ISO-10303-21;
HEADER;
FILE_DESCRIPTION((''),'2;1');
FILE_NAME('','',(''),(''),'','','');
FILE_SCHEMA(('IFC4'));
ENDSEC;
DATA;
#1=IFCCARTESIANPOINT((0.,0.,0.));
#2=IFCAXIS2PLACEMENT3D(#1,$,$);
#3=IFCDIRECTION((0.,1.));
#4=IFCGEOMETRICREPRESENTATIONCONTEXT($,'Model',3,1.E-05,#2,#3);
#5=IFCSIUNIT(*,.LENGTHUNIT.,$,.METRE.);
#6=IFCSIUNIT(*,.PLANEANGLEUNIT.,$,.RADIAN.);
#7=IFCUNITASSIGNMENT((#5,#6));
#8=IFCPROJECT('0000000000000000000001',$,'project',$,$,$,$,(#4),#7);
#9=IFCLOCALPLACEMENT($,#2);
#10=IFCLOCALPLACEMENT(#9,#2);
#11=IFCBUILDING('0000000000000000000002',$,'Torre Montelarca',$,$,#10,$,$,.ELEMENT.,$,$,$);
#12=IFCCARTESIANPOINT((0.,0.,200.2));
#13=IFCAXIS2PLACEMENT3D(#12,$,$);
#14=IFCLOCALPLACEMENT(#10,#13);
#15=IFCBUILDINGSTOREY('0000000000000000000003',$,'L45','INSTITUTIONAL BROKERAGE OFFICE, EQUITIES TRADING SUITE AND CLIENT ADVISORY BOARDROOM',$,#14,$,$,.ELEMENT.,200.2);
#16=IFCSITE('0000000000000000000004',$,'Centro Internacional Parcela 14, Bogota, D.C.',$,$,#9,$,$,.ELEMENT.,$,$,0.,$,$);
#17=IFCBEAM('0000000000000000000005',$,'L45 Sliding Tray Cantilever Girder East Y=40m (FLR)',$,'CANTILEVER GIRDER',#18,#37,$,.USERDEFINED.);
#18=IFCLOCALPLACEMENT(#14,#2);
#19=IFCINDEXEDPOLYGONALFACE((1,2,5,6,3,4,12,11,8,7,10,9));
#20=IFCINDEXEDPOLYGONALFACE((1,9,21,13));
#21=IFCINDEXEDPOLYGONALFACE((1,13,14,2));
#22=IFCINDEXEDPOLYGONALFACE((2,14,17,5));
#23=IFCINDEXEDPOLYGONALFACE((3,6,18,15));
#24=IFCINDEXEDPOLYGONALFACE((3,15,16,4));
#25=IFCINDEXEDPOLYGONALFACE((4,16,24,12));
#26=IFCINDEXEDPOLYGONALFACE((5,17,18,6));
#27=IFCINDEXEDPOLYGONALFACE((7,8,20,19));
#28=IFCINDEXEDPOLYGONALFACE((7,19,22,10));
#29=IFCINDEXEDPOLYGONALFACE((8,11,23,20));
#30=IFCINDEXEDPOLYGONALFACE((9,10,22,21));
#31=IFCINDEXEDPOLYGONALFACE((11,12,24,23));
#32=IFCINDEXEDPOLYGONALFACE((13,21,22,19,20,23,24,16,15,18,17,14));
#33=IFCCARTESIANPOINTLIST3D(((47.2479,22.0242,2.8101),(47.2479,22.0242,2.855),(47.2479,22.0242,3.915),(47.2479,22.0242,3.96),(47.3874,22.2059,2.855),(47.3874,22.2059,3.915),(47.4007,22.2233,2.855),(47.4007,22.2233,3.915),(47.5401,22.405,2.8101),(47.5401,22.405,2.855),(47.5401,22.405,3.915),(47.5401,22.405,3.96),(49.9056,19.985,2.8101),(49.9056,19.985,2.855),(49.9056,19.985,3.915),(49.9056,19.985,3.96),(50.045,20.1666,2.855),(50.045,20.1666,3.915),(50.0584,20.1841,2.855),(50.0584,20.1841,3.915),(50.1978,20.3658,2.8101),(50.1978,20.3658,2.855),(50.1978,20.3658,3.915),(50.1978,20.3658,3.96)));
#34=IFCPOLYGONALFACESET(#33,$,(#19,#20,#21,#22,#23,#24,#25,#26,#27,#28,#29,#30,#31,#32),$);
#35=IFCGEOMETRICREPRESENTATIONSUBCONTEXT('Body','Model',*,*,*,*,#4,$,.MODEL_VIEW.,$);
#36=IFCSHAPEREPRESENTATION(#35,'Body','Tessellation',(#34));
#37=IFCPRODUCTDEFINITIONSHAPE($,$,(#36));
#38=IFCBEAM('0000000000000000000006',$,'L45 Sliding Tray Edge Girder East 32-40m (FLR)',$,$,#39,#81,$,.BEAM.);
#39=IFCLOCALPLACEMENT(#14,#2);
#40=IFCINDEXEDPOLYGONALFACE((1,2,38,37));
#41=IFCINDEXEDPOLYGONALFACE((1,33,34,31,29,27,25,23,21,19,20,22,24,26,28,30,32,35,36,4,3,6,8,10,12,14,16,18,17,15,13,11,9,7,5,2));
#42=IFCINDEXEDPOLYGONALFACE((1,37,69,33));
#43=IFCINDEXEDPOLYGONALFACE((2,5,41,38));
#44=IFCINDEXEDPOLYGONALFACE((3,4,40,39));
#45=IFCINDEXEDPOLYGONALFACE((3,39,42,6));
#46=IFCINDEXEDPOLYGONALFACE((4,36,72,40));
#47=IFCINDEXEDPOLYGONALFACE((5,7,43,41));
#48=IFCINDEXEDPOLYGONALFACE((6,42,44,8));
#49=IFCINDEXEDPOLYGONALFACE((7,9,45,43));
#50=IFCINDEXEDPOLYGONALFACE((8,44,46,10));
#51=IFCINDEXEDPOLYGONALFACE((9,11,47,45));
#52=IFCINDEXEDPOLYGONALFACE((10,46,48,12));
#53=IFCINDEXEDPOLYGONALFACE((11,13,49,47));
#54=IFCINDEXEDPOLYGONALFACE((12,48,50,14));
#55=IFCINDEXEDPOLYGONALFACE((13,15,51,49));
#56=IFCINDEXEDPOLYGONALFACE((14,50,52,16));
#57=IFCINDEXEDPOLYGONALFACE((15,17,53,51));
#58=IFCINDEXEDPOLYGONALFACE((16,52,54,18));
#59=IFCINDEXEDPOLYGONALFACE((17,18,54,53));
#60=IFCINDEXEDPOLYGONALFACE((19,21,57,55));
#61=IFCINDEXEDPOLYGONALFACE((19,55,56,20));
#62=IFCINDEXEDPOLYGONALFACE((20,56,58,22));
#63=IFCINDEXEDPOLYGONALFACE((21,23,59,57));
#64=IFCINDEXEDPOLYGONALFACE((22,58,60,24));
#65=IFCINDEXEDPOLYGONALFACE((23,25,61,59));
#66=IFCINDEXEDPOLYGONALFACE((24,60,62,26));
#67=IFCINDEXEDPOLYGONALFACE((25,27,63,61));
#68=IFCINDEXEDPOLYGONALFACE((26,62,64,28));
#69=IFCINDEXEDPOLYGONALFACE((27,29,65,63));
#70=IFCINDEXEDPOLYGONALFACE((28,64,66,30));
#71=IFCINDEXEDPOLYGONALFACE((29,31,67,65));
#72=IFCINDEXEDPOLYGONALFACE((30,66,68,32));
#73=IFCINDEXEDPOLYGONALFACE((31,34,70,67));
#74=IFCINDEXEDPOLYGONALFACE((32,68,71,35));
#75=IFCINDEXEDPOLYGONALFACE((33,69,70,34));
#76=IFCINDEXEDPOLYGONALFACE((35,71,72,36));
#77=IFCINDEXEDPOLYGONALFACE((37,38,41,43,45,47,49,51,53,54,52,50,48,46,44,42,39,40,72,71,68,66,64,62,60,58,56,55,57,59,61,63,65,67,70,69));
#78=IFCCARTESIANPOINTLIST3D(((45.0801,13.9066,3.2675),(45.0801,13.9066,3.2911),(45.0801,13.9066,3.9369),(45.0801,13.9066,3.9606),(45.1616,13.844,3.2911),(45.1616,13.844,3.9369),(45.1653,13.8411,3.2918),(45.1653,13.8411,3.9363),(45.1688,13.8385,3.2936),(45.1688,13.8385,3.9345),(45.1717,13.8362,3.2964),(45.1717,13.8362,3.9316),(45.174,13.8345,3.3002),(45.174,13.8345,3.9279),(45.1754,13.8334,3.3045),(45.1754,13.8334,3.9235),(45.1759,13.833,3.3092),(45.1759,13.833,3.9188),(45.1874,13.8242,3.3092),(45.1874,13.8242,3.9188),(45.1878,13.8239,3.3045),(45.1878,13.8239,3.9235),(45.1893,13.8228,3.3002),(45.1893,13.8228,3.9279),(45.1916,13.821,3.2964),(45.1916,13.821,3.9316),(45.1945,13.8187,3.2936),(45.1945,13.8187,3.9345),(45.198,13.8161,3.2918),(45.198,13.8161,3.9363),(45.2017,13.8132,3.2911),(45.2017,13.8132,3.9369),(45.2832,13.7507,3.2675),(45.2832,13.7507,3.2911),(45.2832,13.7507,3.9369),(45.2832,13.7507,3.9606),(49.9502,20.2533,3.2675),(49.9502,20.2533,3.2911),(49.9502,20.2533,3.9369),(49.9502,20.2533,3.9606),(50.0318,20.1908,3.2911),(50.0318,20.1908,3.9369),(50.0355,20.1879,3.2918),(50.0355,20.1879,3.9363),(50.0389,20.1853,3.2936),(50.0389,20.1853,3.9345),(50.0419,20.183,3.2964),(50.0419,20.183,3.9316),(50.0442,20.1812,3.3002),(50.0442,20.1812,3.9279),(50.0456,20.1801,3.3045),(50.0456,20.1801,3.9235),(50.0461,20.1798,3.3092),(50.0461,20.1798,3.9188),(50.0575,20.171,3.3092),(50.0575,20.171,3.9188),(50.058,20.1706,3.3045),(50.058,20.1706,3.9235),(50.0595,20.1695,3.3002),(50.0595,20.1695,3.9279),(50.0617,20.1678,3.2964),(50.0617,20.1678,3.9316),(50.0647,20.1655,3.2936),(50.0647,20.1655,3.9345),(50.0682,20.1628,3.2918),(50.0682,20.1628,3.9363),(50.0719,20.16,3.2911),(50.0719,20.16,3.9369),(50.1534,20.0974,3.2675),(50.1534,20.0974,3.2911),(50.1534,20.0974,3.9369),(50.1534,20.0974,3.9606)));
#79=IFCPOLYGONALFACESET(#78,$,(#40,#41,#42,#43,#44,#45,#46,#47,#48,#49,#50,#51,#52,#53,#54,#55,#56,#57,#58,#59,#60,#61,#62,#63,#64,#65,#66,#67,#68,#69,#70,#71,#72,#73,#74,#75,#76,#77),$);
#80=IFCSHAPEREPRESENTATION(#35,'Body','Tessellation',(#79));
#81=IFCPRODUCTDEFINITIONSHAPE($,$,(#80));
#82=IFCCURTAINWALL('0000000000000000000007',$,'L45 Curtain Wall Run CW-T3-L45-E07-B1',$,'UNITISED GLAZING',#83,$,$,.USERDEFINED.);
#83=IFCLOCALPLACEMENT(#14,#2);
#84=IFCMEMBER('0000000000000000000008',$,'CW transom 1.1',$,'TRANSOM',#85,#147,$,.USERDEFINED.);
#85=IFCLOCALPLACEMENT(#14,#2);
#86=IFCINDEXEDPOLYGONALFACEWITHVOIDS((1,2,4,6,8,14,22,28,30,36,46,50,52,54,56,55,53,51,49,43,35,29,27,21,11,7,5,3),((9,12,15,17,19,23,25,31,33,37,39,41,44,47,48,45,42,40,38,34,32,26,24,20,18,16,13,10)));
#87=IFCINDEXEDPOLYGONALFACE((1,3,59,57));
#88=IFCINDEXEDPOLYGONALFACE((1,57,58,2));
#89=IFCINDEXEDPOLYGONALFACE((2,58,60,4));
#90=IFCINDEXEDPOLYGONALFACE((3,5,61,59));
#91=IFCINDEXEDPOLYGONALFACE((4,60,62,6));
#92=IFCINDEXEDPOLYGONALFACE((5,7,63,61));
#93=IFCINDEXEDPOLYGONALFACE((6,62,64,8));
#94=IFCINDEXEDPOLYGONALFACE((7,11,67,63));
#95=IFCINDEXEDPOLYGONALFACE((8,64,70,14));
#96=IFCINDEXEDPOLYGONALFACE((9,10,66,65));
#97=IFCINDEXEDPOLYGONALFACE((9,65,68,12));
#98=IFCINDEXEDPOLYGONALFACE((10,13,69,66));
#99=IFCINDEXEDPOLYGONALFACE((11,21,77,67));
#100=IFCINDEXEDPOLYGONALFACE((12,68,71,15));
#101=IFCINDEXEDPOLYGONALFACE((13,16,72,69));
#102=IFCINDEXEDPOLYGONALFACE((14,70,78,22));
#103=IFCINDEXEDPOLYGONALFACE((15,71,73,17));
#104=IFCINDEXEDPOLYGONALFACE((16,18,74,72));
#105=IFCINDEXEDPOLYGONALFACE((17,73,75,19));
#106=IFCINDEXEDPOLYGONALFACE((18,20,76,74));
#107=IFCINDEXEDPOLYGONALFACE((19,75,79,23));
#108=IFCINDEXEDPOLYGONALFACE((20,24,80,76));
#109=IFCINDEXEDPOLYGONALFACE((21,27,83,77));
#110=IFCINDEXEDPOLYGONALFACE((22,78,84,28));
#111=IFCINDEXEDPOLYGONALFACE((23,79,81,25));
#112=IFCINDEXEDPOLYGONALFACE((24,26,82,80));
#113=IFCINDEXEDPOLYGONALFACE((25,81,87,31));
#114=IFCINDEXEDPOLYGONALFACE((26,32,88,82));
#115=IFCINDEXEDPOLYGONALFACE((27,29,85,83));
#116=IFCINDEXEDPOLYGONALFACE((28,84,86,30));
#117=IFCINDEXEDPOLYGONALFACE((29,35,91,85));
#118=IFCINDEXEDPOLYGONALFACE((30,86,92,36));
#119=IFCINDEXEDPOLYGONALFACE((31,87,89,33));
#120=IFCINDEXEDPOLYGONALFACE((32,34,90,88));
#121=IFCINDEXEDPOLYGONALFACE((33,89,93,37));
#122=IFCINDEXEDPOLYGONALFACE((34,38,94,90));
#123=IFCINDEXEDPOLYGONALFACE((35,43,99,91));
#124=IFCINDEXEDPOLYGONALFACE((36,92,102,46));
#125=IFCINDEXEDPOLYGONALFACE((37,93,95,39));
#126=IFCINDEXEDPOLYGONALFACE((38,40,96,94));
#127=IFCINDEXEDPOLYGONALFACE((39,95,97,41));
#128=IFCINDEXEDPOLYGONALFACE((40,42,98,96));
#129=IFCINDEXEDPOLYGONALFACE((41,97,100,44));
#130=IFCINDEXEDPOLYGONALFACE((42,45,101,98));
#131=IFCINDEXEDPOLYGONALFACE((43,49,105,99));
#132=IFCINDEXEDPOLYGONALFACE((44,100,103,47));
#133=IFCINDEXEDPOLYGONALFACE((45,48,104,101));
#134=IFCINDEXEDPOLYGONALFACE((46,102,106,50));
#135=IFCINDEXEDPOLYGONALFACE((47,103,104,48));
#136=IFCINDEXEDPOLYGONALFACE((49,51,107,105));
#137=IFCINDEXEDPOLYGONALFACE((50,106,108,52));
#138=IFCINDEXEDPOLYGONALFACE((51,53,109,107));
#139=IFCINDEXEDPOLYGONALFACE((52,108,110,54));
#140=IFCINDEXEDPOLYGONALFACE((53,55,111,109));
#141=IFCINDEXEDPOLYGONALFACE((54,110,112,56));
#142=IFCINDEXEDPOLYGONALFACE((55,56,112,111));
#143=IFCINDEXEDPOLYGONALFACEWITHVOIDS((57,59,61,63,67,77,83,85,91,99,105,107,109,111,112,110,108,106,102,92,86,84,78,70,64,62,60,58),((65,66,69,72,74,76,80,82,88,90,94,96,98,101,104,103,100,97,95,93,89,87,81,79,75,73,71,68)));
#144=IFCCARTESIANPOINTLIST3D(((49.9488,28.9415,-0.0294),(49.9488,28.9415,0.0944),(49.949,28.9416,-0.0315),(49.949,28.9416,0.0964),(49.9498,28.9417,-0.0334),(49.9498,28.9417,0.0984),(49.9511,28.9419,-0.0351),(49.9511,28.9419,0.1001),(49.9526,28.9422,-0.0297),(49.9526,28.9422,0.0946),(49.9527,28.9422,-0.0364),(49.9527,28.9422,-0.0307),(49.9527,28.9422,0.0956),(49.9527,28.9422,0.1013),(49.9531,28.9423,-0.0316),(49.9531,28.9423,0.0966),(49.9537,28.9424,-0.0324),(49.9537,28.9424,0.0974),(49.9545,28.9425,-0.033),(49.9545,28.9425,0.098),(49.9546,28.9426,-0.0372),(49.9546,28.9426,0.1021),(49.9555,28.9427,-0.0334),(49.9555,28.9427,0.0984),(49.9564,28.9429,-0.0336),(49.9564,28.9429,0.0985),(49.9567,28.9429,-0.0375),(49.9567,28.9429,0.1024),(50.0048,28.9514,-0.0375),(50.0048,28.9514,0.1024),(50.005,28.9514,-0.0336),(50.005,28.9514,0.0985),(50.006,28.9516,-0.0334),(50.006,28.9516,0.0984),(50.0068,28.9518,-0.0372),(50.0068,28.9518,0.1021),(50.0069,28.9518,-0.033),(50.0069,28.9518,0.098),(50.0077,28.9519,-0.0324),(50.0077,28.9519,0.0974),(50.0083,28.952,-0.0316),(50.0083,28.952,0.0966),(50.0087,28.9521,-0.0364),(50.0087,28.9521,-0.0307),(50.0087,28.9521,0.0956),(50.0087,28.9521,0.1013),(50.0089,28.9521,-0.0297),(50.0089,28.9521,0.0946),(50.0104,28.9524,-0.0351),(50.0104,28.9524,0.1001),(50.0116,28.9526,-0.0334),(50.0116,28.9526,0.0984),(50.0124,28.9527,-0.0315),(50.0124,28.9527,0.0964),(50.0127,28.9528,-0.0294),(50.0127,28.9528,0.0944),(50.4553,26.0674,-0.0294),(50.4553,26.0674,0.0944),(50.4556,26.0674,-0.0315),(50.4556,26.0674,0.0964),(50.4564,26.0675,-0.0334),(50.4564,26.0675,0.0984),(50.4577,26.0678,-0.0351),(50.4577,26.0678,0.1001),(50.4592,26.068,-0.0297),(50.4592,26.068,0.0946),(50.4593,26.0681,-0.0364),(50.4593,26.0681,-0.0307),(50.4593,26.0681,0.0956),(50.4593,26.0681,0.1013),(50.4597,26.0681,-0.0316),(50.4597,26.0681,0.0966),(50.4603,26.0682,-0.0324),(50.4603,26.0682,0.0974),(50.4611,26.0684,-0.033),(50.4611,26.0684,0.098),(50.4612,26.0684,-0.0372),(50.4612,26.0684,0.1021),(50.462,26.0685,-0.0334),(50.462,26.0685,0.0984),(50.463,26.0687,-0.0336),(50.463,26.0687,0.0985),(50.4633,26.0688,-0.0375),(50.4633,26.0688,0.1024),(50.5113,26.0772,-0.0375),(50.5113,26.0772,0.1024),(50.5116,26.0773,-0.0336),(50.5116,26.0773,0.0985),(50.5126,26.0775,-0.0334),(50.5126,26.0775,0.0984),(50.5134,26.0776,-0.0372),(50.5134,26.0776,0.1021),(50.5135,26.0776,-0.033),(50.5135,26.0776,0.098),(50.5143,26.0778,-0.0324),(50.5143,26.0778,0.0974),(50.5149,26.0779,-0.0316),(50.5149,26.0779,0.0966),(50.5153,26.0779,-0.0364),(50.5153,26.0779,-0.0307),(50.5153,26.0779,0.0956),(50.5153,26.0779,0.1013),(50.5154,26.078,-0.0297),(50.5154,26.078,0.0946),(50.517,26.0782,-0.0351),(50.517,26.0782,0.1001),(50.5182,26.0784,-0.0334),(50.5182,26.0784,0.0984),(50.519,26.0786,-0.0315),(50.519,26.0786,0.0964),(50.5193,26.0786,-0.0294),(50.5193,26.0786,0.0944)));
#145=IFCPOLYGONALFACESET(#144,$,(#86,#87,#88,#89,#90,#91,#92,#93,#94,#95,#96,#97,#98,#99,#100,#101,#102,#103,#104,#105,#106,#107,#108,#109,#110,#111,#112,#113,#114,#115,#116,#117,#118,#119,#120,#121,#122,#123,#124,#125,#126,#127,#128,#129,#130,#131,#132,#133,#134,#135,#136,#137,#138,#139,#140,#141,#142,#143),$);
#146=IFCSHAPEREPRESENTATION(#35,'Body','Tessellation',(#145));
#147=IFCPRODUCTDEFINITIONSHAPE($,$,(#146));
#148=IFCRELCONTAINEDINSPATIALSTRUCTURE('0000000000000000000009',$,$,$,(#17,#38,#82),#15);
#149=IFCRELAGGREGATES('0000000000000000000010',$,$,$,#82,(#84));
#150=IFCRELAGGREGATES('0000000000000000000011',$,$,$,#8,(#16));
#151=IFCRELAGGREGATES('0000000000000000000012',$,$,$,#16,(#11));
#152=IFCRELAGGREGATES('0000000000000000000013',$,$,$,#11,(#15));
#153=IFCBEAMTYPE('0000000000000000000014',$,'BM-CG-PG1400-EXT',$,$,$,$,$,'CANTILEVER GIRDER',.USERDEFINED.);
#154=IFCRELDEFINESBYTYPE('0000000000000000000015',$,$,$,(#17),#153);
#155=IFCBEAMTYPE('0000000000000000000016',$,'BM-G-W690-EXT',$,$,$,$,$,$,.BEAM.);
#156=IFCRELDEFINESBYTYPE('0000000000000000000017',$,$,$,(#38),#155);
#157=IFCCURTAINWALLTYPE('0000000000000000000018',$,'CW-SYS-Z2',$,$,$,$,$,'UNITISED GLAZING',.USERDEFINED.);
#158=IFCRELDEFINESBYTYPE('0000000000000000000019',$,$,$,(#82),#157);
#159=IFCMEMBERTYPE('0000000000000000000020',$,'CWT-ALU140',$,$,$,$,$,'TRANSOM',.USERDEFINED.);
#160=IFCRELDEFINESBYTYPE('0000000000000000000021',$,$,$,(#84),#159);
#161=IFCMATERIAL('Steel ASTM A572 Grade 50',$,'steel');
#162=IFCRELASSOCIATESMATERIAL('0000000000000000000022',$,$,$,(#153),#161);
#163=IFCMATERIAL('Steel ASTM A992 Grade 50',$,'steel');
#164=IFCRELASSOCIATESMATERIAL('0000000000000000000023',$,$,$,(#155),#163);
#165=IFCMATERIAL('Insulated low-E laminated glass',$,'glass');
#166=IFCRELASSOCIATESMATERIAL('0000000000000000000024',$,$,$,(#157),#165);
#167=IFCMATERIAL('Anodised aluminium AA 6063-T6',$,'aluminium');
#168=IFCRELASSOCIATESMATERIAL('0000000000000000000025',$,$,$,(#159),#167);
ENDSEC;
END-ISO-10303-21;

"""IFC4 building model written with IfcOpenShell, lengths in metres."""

from ifc_helpers import new_model, si_unit, direction, frame, origin, origin_2d, place, context, subcontext, project, spatial, hollow_rectangle, i_section, extrude, source, transform, mapped, material, material_profile, profile_set, type_object, element, aggregate, save


model = new_model("IFC4")

# Units and contexts
model_context = context("Model", 3, precision=1e-05, world=origin(), true_north=direction((0.0, 1.0)))
body_context = subcontext(model_context, "Body", "Model", "MODEL_VIEW")
ifc_project = project(units=[si_unit("LENGTHUNIT", "METRE"), si_unit("PLANEANGLEUNIT", "RADIAN")], contexts=[model_context])

# Site, building, storey
site_placement = place(None, origin())
site = spatial("IfcSite", under=ifc_project, at=site_placement, Name="Centro Internacional Parcela 14, Bogota, D.C.", CompositionType="ELEMENT", RefElevation=0.0)
building_placement = place(site_placement, origin())
building = spatial("IfcBuilding", under=site, at=building_placement, Name="Torre Montelarca", CompositionType="ELEMENT")
storey_placement = place(building_placement, frame((0.0, 0.0, 200.2)))
storey = spatial("IfcBuildingStorey", under=building, at=storey_placement, Name="L45", Description="INSTITUTIONAL BROKERAGE OFFICE, EQUITIES TRADING SUITE AND CLIENT ADVISORY BOARDROOM", CompositionType="ELEMENT", Elevation=200.2)

# Shared definitions
ifc_material_1 = material(Name="Steel ASTM A992 Grade 50", Category="steel")

# Beams
ifc_material_2 = material(Name="Steel ASTM A572 Grade 50", Category="steel")
ifc_material_profile_1 = material_profile(ifc_material_2, i_section(OverallWidth=0.48, OverallDepth=1.1499, WebThickness=0.022, FlangeThickness=0.0449, at=origin_2d()), Name="PG1150X480X22X45", Category="steel")
ifc_profile_set_1 = profile_set([ifc_material_profile_1], Name="Steel ASTM A572 Grade 50")
beam_type_1 = type_object("IfcBeamType", Name="BM-CG-PG1400-EXT", ElementType="CANTILEVER GIRDER", PredefinedType="USERDEFINED", material=ifc_profile_set_1)
shared_shape_1 = source(origin(), body_context, "Body", "SweptSolid", [
    extrude(i_section(OverallWidth=0.48, OverallDepth=1.1499, WebThickness=0.022, FlangeThickness=0.0449, at=origin_2d()), origin(), (0.0, 0.0, 1.0), 3.3499),
])
for number, where, z_axis, x_axis, name in (
    (1, (47.394, 22.2146, 3.385), (0.793358, -0.608756, 0.0), (0.608756, 0.793358, 0.0), "L45 Sliding Tray Cantilever Girder East Y=40m (FLR)"),
):
    element("IfcBeam", number, at=place(storey_placement, frame(where, z_axis=z_axis, x_axis=x_axis)), inside=storey, type_object=beam_type_1, Name=name, ObjectType="CANTILEVER GIRDER", PredefinedType="USERDEFINED", context=body_context, shape_type="MappedRepresentation", body=[
        mapped(shared_shape_1, transform((0.0, 0.0, 0.0), scale=1.0)),
    ])
ifc_material_profile_2 = material_profile(ifc_material_1, i_section(OverallWidth=0.2561, OverallDepth=0.6931, WebThickness=0.0144, FlangeThickness=0.0237, FilletRadius=0.0181, at=origin_2d()), Name="W690X170", Category="steel")
ifc_profile_set_2 = profile_set([ifc_material_profile_2], Name="Steel ASTM A992 Grade 50")
beam_type_2 = type_object("IfcBeamType", Name="BM-G-W690-EXT", PredefinedType="BEAM", material=ifc_profile_set_2)
shared_shape_2 = source(origin(), body_context, "Body", "SweptSolid", [
    extrude(i_section(OverallWidth=0.2561, OverallDepth=0.6931, WebThickness=0.0144, FlangeThickness=0.0237, FilletRadius=0.0181, at=origin_2d()), origin(), (0.0, 0.0, 1.0), 8.0),
])
beam_placement = place(storey_placement, frame((45.1816, 13.8286, 3.614), z_axis=(0.608772, 0.793345, 0.0), x_axis=(-0.793345, 0.608772, 0.0)))
element("IfcBeam", 2, at=beam_placement, inside=storey, type_object=beam_type_2, Name="L45 Sliding Tray Edge Girder East 32-40m (FLR)", PredefinedType="BEAM", context=body_context, shape_type="MappedRepresentation", body=[
    mapped(shared_shape_2, transform((0.0, 0.0, 0.0), scale=1.0)),
])

# Curtain wall, member
ifc_material_3 = material(Name="Insulated low-E laminated glass", Category="glass")
curtain_wall_type = type_object("IfcCurtainWallType", Name="CW-SYS-Z2", ElementType="UNITISED GLAZING", PredefinedType="USERDEFINED", material=ifc_material_3)
curtain_wall_1_placement = place(storey_placement, origin())
curtain_wall_1 = element("IfcCurtainWall", 3, at=curtain_wall_1_placement, inside=storey, type_object=curtain_wall_type, Name="L45 Curtain Wall Run CW-T3-L45-E07-B1", ObjectType="UNITISED GLAZING", PredefinedType="USERDEFINED")
ifc_material_4 = material(Name="Anodised aluminium AA 6063-T6", Category="aluminium")
ifc_material_profile_3 = material_profile(ifc_material_4, hollow_rectangle(XDim=0.0649, YDim=0.1399, WallThickness=0.0039, InnerFilletRadius=0.0039, OuterFilletRadius=0.0081, at=origin_2d()), Name="ALU65X140X4", Category="aluminium")
ifc_profile_set_3 = profile_set([ifc_material_profile_3], Name="Anodised aluminium AA 6063-T6")
member_type_1 = type_object("IfcMemberType", Name="CWT-ALU140", ElementType="TRANSOM", PredefinedType="USERDEFINED", material=ifc_profile_set_3)
shared_shape_3 = source(origin(), body_context, "Body", "SweptSolid", [
    extrude(hollow_rectangle(XDim=0.0649, YDim=0.1399, WallThickness=0.0039, InnerFilletRadius=0.0039, OuterFilletRadius=0.0081, at=origin_2d()), origin(), (0.0, 0.0, 1.0), 2.9185),
])
member_1_placement = place(storey_placement, frame((50.4873, 26.073, 0.0325), z_axis=(-0.173575, 0.984821, 0.0), x_axis=(-0.984821, -0.173575, 0.0)))
member_1 = element("IfcMember", 4, at=member_1_placement, type_object=member_type_1, Name="CW transom 1.1", ObjectType="TRANSOM", PredefinedType="USERDEFINED", context=body_context, shape_type="MappedRepresentation", body=[
    mapped(shared_shape_3, transform((0.0, 0.0, 0.0), scale=1.0)),
])

aggregate(curtain_wall_1, [member_1])

save(model, "model.ifc")
